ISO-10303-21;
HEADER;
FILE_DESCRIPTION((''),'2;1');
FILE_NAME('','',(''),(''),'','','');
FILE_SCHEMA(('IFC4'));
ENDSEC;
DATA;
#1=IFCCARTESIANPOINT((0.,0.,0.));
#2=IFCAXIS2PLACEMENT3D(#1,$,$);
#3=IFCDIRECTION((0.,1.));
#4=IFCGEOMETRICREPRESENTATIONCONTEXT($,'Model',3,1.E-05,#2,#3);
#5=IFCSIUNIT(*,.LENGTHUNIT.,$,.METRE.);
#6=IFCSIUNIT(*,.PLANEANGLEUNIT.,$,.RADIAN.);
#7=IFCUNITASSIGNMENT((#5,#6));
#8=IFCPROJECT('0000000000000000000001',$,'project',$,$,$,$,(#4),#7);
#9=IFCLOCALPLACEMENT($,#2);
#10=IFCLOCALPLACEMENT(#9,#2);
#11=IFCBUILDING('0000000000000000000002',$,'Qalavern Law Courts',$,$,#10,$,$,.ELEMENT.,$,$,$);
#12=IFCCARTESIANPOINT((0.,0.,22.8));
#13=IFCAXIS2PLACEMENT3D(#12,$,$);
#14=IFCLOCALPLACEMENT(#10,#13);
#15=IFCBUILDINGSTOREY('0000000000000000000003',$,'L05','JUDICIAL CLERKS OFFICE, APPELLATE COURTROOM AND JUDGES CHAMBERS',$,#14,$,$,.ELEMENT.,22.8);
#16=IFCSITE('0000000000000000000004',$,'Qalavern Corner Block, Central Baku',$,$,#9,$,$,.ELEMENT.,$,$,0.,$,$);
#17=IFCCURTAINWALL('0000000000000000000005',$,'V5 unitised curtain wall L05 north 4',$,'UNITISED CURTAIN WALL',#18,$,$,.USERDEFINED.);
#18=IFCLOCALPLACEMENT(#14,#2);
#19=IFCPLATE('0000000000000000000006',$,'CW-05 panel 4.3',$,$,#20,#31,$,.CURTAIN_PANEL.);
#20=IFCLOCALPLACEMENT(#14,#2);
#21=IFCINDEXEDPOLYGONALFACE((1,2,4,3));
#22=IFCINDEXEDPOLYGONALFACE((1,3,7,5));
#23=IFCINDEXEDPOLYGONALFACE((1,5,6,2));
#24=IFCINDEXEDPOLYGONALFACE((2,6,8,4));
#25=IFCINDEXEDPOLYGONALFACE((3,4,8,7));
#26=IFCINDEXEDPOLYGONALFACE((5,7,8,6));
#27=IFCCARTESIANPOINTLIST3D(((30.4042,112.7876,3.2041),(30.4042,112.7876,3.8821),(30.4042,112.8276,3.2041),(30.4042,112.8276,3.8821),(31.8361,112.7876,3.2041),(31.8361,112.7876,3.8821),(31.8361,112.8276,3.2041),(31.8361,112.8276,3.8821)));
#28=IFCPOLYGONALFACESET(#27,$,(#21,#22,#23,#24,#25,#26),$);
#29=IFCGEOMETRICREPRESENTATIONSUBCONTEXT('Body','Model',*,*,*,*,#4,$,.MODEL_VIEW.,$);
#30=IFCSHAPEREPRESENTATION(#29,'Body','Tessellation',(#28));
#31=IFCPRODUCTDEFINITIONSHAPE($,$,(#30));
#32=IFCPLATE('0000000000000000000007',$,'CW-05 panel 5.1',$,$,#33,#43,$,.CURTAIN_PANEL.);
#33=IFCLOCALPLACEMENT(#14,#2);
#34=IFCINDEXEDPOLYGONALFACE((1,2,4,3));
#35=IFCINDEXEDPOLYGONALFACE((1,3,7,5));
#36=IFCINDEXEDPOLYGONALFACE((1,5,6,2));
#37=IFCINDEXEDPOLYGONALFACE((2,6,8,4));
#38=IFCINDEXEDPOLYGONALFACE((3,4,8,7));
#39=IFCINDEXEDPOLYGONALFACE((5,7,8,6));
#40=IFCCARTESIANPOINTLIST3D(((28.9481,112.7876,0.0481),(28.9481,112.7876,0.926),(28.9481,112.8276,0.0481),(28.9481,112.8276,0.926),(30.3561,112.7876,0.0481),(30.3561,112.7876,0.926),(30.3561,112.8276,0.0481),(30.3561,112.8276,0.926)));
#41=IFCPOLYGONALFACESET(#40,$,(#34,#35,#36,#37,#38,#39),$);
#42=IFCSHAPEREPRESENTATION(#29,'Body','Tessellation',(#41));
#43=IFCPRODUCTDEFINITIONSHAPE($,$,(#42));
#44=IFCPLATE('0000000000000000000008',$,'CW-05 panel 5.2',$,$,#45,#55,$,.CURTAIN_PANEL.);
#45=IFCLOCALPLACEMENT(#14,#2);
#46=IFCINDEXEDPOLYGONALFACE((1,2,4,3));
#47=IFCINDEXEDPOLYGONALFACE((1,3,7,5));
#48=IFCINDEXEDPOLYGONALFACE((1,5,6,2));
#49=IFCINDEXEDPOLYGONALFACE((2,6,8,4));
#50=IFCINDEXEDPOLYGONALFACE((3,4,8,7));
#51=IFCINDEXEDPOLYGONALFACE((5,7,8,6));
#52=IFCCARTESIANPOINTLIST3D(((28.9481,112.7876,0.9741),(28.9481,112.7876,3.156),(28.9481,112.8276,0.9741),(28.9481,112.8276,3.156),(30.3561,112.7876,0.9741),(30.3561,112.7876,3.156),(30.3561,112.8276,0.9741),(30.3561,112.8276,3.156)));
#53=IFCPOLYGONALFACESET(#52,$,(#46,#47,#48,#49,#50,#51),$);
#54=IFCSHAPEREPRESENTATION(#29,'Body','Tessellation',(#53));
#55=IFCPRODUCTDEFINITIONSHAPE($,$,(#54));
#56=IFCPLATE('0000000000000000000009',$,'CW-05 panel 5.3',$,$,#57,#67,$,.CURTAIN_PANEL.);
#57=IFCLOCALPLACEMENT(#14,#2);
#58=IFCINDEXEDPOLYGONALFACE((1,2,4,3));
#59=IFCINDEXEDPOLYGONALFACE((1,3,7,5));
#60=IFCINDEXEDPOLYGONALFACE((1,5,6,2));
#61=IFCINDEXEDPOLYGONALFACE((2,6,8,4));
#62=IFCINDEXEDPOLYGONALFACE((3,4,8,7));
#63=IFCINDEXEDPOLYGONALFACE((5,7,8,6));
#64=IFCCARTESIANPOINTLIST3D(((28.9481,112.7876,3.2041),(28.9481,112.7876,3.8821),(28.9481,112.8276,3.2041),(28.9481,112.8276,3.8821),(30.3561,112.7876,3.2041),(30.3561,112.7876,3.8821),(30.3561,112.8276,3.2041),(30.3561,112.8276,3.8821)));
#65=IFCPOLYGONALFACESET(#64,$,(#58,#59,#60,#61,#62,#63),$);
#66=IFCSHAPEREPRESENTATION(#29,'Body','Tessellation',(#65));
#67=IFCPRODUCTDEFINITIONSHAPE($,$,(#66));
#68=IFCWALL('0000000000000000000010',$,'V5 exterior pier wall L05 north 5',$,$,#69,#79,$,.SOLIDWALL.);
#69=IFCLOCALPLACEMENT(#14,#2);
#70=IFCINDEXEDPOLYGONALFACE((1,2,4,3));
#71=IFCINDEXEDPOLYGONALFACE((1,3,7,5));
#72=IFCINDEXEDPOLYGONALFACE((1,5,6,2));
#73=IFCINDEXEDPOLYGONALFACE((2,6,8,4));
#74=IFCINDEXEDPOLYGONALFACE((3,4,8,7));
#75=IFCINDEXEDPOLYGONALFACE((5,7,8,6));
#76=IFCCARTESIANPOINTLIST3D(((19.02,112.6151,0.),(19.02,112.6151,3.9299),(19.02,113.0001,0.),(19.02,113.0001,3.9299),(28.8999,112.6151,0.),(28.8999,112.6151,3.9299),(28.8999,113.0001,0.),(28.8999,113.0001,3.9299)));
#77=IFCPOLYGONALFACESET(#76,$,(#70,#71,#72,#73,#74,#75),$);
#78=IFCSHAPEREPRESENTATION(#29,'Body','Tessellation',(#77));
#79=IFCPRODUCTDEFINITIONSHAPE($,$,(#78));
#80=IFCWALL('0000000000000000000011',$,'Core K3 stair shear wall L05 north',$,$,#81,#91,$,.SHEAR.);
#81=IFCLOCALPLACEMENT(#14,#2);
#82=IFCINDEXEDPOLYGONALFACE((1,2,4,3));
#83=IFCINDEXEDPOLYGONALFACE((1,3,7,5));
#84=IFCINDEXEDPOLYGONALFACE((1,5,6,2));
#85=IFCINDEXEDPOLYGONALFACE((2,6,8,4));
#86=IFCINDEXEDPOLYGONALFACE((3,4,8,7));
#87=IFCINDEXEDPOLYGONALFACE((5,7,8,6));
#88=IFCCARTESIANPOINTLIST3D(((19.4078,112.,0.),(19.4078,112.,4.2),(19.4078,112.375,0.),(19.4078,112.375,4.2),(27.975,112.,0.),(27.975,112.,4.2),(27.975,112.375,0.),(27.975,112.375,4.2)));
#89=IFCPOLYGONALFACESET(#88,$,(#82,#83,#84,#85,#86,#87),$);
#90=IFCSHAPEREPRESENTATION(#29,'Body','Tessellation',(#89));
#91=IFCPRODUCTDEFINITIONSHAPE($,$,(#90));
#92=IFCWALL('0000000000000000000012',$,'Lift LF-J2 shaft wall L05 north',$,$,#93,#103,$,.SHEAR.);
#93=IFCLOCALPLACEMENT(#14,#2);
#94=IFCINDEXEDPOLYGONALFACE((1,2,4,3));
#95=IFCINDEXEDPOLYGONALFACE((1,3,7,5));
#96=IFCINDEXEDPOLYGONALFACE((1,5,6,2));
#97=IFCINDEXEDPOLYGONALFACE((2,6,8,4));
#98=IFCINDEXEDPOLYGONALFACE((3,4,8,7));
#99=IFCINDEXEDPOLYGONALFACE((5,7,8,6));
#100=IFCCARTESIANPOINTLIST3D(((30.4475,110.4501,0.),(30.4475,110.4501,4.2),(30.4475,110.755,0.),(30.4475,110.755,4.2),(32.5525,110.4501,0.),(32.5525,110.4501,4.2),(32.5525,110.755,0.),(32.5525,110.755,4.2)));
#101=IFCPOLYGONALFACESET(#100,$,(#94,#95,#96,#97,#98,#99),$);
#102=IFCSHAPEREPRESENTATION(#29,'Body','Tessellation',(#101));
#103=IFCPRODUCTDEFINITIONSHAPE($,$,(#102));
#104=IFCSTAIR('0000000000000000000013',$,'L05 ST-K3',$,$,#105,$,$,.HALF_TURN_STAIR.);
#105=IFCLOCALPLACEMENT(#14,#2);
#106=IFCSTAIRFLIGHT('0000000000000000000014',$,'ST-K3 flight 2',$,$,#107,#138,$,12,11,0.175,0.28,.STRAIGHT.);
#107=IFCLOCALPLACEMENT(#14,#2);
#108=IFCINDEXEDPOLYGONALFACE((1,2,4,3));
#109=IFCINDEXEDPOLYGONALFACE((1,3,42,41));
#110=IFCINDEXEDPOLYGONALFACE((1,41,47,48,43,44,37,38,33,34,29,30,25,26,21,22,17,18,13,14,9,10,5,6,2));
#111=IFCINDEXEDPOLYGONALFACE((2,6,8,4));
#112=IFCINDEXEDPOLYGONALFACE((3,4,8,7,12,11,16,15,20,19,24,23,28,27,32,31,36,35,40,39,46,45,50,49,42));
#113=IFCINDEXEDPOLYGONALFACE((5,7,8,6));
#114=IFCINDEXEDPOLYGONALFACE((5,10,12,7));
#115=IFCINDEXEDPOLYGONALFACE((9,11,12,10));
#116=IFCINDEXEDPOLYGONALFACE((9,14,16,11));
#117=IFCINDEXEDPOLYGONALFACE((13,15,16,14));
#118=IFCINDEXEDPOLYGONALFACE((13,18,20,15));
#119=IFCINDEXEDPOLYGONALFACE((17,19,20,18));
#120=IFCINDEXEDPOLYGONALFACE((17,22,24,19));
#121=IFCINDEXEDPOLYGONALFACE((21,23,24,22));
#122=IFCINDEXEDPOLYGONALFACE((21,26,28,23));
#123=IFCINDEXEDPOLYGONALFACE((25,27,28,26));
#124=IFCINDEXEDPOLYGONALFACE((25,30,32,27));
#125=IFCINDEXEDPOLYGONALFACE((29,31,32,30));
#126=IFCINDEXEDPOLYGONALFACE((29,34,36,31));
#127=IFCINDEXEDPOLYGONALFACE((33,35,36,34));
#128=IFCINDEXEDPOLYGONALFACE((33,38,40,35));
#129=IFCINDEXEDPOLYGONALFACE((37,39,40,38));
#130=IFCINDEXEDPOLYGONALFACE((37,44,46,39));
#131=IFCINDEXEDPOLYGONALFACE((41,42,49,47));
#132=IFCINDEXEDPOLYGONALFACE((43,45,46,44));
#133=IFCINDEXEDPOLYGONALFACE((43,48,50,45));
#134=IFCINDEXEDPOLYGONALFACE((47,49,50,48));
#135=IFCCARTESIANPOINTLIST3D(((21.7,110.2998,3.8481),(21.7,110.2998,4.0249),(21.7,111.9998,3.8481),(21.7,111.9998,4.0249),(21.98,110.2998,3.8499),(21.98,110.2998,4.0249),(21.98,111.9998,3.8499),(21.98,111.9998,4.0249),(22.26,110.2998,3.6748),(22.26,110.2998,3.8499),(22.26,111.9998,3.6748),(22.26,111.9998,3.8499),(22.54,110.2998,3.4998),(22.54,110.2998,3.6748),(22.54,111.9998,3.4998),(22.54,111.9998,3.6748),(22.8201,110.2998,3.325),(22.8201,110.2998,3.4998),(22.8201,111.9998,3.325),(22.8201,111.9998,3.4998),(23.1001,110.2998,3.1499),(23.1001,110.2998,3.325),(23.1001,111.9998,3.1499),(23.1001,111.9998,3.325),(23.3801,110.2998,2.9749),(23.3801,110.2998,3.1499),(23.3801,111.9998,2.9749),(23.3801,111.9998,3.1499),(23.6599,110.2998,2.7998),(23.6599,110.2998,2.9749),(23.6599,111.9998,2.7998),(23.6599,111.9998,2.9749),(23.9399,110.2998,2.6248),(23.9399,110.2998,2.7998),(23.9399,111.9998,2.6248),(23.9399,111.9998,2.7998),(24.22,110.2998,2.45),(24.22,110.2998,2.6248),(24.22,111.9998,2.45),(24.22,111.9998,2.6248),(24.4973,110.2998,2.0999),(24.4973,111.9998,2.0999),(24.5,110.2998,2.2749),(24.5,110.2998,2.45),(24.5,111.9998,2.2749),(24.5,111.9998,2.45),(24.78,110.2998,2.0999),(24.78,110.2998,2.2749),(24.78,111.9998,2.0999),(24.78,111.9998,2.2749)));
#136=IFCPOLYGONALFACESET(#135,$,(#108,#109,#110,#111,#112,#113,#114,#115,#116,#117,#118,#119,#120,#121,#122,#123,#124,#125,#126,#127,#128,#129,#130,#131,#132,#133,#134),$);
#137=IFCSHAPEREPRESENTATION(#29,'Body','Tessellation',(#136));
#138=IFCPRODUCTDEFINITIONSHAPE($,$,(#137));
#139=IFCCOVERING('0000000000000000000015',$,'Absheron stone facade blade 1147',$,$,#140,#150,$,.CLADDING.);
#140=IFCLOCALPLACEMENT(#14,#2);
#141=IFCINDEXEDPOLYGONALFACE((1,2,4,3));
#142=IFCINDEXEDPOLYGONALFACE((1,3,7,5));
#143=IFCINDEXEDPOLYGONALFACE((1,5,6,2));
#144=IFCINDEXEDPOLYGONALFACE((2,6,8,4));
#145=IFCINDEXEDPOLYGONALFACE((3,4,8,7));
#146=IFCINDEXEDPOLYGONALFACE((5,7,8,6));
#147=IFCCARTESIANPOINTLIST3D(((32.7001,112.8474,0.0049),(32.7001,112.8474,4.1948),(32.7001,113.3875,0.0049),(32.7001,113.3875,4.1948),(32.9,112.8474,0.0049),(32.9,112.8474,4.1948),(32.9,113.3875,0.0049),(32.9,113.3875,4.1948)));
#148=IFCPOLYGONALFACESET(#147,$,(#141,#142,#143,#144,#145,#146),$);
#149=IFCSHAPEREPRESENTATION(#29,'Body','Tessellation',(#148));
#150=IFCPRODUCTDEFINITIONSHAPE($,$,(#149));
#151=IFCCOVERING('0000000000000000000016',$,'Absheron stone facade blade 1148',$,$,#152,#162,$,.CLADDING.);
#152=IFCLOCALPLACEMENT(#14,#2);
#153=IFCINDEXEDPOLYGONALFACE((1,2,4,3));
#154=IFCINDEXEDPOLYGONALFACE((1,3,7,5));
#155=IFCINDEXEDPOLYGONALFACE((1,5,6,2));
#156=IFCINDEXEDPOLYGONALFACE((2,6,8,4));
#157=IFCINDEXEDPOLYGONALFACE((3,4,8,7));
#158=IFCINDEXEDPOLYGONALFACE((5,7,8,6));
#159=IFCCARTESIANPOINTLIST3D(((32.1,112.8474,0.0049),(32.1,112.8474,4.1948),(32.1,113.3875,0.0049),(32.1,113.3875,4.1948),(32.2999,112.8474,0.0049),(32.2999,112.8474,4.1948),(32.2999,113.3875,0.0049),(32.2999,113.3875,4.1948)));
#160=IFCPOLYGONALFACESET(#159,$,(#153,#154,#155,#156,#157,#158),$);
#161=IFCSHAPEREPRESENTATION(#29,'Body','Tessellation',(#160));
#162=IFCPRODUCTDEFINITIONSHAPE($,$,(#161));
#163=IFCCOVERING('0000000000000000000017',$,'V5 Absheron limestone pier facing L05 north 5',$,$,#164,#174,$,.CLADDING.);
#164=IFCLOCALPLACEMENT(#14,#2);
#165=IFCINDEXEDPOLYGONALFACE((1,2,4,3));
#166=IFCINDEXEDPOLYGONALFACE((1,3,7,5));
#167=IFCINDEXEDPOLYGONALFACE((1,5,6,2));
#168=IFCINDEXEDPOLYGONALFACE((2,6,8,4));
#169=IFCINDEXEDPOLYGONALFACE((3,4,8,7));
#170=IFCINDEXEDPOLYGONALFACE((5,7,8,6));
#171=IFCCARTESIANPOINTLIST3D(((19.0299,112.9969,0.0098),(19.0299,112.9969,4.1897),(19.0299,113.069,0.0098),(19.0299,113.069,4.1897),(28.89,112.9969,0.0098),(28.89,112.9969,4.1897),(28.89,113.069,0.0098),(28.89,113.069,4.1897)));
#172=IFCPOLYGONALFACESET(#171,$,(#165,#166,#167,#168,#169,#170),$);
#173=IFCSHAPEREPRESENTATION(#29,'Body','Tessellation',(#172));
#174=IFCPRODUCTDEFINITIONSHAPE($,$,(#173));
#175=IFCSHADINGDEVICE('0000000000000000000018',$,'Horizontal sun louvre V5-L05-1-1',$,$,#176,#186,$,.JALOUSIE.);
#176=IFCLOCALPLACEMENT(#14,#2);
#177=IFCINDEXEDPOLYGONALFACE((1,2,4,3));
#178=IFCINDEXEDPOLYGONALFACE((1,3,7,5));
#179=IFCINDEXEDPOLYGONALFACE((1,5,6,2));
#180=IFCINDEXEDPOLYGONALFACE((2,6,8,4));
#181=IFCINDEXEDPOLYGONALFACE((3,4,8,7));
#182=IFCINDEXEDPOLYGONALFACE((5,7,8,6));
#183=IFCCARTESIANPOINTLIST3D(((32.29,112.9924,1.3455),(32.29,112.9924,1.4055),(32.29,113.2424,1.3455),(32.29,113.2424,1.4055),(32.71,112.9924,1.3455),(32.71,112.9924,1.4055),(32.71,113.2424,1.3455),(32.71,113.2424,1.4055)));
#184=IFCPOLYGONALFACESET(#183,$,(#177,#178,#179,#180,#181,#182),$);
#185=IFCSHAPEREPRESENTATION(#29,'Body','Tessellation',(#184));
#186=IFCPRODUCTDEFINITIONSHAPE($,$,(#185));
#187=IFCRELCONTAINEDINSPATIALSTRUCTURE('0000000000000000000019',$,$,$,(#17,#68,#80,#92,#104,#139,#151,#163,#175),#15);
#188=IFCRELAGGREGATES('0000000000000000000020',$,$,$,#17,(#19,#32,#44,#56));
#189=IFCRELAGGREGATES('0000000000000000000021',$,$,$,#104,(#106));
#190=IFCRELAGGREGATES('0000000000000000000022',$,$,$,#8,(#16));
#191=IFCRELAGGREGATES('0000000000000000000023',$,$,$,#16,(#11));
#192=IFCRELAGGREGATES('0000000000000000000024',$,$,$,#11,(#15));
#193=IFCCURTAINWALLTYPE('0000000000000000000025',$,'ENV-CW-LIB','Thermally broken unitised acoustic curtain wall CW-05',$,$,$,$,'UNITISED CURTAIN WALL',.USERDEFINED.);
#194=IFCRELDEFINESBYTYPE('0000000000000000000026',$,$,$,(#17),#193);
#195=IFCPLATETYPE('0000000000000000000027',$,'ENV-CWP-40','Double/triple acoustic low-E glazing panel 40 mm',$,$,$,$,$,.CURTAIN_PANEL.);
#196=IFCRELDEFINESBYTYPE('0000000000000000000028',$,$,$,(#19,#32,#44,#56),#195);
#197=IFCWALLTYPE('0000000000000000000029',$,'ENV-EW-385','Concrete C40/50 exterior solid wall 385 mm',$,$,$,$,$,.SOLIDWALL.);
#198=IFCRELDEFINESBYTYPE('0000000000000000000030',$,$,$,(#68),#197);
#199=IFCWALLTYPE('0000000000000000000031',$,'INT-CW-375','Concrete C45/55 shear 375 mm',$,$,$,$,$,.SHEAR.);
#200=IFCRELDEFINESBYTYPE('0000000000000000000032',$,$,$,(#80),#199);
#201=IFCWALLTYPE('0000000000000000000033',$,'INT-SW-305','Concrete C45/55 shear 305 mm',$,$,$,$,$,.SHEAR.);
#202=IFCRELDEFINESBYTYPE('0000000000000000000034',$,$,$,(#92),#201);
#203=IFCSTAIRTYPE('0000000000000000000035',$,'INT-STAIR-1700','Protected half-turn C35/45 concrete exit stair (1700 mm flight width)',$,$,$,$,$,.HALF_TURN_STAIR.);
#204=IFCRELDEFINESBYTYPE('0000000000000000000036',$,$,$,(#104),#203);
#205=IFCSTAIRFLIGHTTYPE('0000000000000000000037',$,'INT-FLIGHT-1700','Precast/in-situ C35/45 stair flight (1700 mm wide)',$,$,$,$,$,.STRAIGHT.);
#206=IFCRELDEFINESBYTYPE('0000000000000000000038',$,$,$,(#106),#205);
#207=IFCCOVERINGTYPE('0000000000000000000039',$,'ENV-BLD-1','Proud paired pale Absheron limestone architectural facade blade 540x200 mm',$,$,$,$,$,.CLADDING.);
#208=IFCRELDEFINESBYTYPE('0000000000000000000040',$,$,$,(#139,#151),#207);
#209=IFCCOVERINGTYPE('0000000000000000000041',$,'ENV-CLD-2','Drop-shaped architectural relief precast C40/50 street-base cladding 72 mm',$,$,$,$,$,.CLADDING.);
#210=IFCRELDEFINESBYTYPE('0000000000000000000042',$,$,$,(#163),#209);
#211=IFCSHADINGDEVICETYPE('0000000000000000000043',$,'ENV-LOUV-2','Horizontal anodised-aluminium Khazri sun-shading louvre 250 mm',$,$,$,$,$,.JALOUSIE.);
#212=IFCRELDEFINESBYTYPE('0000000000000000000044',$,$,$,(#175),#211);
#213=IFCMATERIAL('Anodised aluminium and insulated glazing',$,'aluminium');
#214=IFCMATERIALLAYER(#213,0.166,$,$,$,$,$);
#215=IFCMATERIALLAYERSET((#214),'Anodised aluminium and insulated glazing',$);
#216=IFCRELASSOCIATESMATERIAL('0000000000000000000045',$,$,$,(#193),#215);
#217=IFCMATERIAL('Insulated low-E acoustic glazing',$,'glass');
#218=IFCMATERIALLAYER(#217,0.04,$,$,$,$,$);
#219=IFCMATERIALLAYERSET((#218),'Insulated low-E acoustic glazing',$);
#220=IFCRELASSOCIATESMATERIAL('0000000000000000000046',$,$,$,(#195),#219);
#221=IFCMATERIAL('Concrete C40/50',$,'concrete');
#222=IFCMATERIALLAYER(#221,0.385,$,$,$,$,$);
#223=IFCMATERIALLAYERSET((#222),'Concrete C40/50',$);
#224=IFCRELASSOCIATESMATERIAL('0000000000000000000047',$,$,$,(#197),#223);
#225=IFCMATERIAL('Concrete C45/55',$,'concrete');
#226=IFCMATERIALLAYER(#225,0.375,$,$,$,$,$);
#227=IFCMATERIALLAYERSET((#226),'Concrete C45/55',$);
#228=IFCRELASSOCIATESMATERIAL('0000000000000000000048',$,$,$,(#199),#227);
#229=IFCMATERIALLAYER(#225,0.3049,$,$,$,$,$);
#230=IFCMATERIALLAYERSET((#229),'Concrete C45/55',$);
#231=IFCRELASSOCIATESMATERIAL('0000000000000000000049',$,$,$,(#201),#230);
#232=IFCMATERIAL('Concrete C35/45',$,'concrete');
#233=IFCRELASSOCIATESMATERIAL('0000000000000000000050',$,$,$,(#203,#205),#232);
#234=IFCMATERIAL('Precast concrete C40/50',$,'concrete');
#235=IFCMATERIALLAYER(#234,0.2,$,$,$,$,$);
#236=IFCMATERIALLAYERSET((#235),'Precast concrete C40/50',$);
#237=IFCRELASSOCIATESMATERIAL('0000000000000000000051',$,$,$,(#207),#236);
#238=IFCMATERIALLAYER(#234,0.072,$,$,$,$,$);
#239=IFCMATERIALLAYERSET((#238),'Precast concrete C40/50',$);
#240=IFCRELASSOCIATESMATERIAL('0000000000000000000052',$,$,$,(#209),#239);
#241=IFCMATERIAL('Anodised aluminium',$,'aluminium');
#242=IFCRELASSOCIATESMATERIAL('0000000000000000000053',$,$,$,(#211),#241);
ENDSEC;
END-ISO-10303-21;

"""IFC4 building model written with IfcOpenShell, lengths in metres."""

from ifc_helpers import new_model, si_unit, direction, frame, frame_2d, origin, origin_2d, place, context, subcontext, project, spatial, polyline, rectangle, outline, extrude, material, layer, layer_set, type_object, element, aggregate, save


model = new_model("IFC4")

# Units and contexts
model_context = context("Model", 3, precision=1e-05, world=origin(), true_north=direction((0.0, 1.0)))
body_context = subcontext(model_context, "Body", "Model", "MODEL_VIEW")
ifc_project = project(units=[si_unit("LENGTHUNIT", "METRE"), si_unit("PLANEANGLEUNIT", "RADIAN")], contexts=[model_context])

# Site, building, storey
site_placement = place(None, origin())
site = spatial("IfcSite", under=ifc_project, at=site_placement, Name="Qalavern Corner Block, Central Baku", CompositionType="ELEMENT", RefElevation=0.0)
building_placement = place(site_placement, origin())
building = spatial("IfcBuilding", under=site, at=building_placement, Name="Qalavern Law Courts", CompositionType="ELEMENT")
storey_placement = place(building_placement, frame((0.0, 0.0, 22.8)))
storey = spatial("IfcBuildingStorey", under=building, at=storey_placement, Name="L05", Description="JUDICIAL CLERKS OFFICE, APPELLATE COURTROOM AND JUDGES CHAMBERS", CompositionType="ELEMENT", Elevation=22.8)

# Shared definitions
ifc_material_1 = material(Name="Concrete C45/55", Category="concrete")

# Curtain wall
ifc_material_2 = material(Name="Anodised aluminium and insulated glazing", Category="aluminium")
ifc_layer_1 = layer(ifc_material_2, 0.166)
ifc_layer_set_1 = layer_set([ifc_layer_1], Name="Anodised aluminium and insulated glazing")
curtain_wall_type = type_object("IfcCurtainWallType", Name="ENV-CW-LIB", Description="Thermally broken unitised acoustic curtain wall CW-05", ElementType="UNITISED CURTAIN WALL", PredefinedType="USERDEFINED", material=ifc_layer_set_1)
curtain_wall_placement = place(storey_placement, origin())
curtain_wall = element("IfcCurtainWall", 1, at=curtain_wall_placement, inside=storey, type_object=curtain_wall_type, Name="V5 unitised curtain wall L05 north 4", ObjectType="UNITISED CURTAIN WALL", PredefinedType="USERDEFINED")
ifc_material_3 = material(Name="Anodised aluminium", Category="aluminium")

# Shared definitions
ifc_material_4 = material(Name="Concrete C40/50", Category="concrete")

# Plates
ifc_material_5 = material(Name="Insulated low-E acoustic glazing", Category="glass")
ifc_layer_2 = layer(ifc_material_5, 0.04)
ifc_layer_set_2 = layer_set([ifc_layer_2], Name="Insulated low-E acoustic glazing")
plate_type = type_object("IfcPlateType", Name="ENV-CWP-40", Description="Double/triple acoustic low-E glazing panel 40 mm", PredefinedType="CURTAIN_PANEL", material=ifc_layer_set_2)
plate_1_placement = place(storey_placement, frame((31.1201, 112.8076, 3.2041), z_axis=(0.0, 0.0, 1.0), x_axis=(-1.0, 0.0, 0.0)))
plate_1 = element("IfcPlate", 2, at=plate_1_placement, type_object=plate_type, Name="CW-05 panel 4.3", PredefinedType="CURTAIN_PANEL", context=body_context, shape_type="SweptSolid", body=[
    extrude(rectangle(XDim=1.4319, YDim=0.04, at=origin_2d()), origin(), (0.0, 0.0, 1.0), 0.678),
])
plate_2_placement = place(storey_placement, frame((29.6521, 112.8076, 0.0481), z_axis=(0.0, 0.0, 1.0), x_axis=(-1.0, 0.0, 0.0)))
plate_2 = element("IfcPlate", 3, at=plate_2_placement, type_object=plate_type, Name="CW-05 panel 5.1", PredefinedType="CURTAIN_PANEL", context=body_context, shape_type="SweptSolid", body=[
    extrude(rectangle(XDim=1.408, YDim=0.04, at=origin_2d()), origin(), (0.0, 0.0, 1.0), 0.8779),
])
plate_3_placement = place(storey_placement, frame((29.6521, 112.8076, 0.9741), z_axis=(0.0, 0.0, 1.0), x_axis=(-1.0, 0.0, 0.0)))
plate_3 = element("IfcPlate", 4, at=plate_3_placement, type_object=plate_type, Name="CW-05 panel 5.2", PredefinedType="CURTAIN_PANEL", context=body_context, shape_type="SweptSolid", body=[
    extrude(rectangle(XDim=1.408, YDim=0.04, at=origin_2d()), origin(), (0.0, 0.0, 1.0), 2.1819),
])
plate_4_placement = place(storey_placement, frame((29.6521, 112.8076, 3.2041), z_axis=(0.0, 0.0, 1.0), x_axis=(-1.0, 0.0, 0.0)))
plate_4 = element("IfcPlate", 5, at=plate_4_placement, type_object=plate_type, Name="CW-05 panel 5.3", PredefinedType="CURTAIN_PANEL", context=body_context, shape_type="SweptSolid", body=[
    extrude(rectangle(XDim=1.408, YDim=0.04, at=origin_2d()), origin(), (0.0, 0.0, 1.0), 0.678),
])
aggregate(curtain_wall, [plate_1, plate_2, plate_3, plate_4])

# Walls
ifc_layer_3 = layer(ifc_material_4, 0.385)
ifc_layer_set_3 = layer_set([ifc_layer_3], Name="Concrete C40/50")
wall_type_1 = type_object("IfcWallType", Name="ENV-EW-385", Description="Concrete C40/50 exterior solid wall 385 mm", PredefinedType="SOLIDWALL", material=ifc_layer_set_3)
wall_1_placement = place(storey_placement, frame((28.8999, 112.8076, 0.0), z_axis=(0.0, 0.0, 1.0), x_axis=(-1.0, 0.0, 0.0)))
element("IfcWall", 6, at=wall_1_placement, inside=storey, type_object=wall_type_1, Name="V5 exterior pier wall L05 north 5", PredefinedType="SOLIDWALL", context=body_context, shape_type="SweptSolid", body=[
    extrude(rectangle(XDim=9.8799, YDim=0.385, at=frame_2d((4.9399, 0.0))), origin(), (0.0, 0.0, 1.0), 3.9299),
])
ifc_layer_4 = layer(ifc_material_1, 0.375)
ifc_layer_set_4 = layer_set([ifc_layer_4], Name="Concrete C45/55")
wall_type_2 = type_object("IfcWallType", Name="INT-CW-375", Description="Concrete C45/55 shear 375 mm", PredefinedType="SHEAR", material=ifc_layer_set_4)
wall_2_placement = place(storey_placement, frame((27.9751, 112.1875, 0.0), z_axis=(0.0, 0.0, 1.0), x_axis=(-1.0, 0.0, 0.0)))
element("IfcWall", 7, at=wall_2_placement, inside=storey, type_object=wall_type_2, Name="Core K3 stair shear wall L05 north", PredefinedType="SHEAR", context=body_context, shape_type="SweptSolid", body=[
    extrude(rectangle(XDim=8.5671, YDim=0.375, at=frame_2d((4.2837, 0.0))), origin(), (0.0, 0.0, 1.0), 4.2),
])
ifc_layer_5 = layer(ifc_material_1, 0.3049)
ifc_layer_set_5 = layer_set([ifc_layer_5], Name="Concrete C45/55")
wall_type_3 = type_object("IfcWallType", Name="INT-SW-305", Description="Concrete C45/55 shear 305 mm", PredefinedType="SHEAR", material=ifc_layer_set_5)
wall_3_placement = place(storey_placement, frame((32.5525, 110.6025, 0.0), z_axis=(0.0, 0.0, 1.0), x_axis=(-1.0, 0.0, 0.0)))
element("IfcWall", 8, at=wall_3_placement, inside=storey, type_object=wall_type_3, Name="Lift LF-J2 shaft wall L05 north", PredefinedType="SHEAR", context=body_context, shape_type="SweptSolid", body=[
    extrude(rectangle(XDim=2.105, YDim=0.3049, at=frame_2d((1.0525, 0.0))), origin(), (0.0, 0.0, 1.0), 4.2),
])

# Stair, stair flight
ifc_material_6 = material(Name="Concrete C35/45", Category="concrete")
stair_type = type_object("IfcStairType", Name="INT-STAIR-1700", Description="Protected half-turn C35/45 concrete exit stair (1700 mm flight width)", PredefinedType="HALF_TURN_STAIR", material=ifc_material_6)
stair_placement = place(storey_placement, origin())
stair = element("IfcStair", 9, at=stair_placement, inside=storey, type_object=stair_type, Name="L05 ST-K3", PredefinedType="HALF_TURN_STAIR")
stair_flight_type = type_object("IfcStairFlightType", Name="INT-FLIGHT-1700", Description="Precast/in-situ C35/45 stair flight (1700 mm wide)", PredefinedType="STRAIGHT", material=ifc_material_6)
stair_flight_placement = place(storey_placement, frame((24.78, 111.1499, 2.0999), z_axis=(0.0, 0.0, 1.0), x_axis=(-1.0, 0.0, 0.0)))
stair_flight = element("IfcStairFlight", 10, at=stair_flight_placement, type_object=stair_flight_type, Name="ST-K3 flight 2", NumberOfRisers=12, NumberOfTreads=11, PredefinedType="STRAIGHT", RiserHeight=0.175, TreadLength=0.28, context=body_context, shape_type="SweptSolid", body=[
    extrude(outline(polyline([(0.0, 0.0), (0.0, 0.175), (0.28, 0.175), (0.28, 0.3501), (0.5601, 0.3501), (0.5601, 0.5249), (0.8401, 0.5249), (0.8401, 0.7), (1.1201, 0.7), (1.1201, 0.875), (1.3999, 0.875), (1.3999, 1.05), (1.6799, 1.05), (1.6799, 1.2251), (1.96, 1.2251), (1.96, 1.3999), (2.24, 1.3999), (2.24, 1.575), (2.52, 1.575), (2.52, 1.75), (2.8, 1.75), (2.8, 1.925), (3.0801, 1.925), (3.0801, 2.1001), (3.0801, 1.7483), (0.2827, 0.0), (0.0, 0.0)])), frame((0.0, 0.8501, 0.0), z_axis=(0.0, -1.0, 0.0), x_axis=(1.0, 0.0, 0.0)), (0.0, 0.0, 1.0), 1.7),
])
aggregate(stair, [stair_flight])

# Coverings
ifc_material_7 = material(Name="Precast concrete C40/50", Category="concrete")
ifc_layer_6 = layer(ifc_material_7, 0.2)
ifc_layer_set_6 = layer_set([ifc_layer_6], Name="Precast concrete C40/50")
covering_type_1 = type_object("IfcCoveringType", Name="ENV-BLD-1", Description="Proud paired pale Absheron limestone architectural facade blade 540x200 mm", PredefinedType="CLADDING", material=ifc_layer_set_6)
for number, where, z_axis, x_axis, name in (
    (11, (32.8, 113.1174, 0.0049), (0.0, 0.0, 1.0), (0.0, 1.0, 0.0), "Absheron stone facade blade 1147"),
    (12, (32.2, 113.1174, 0.0049), (0.0, 0.0, 1.0), (0.0, 1.0, 0.0), "Absheron stone facade blade 1148"),
):
    element("IfcCovering", number, at=place(storey_placement, frame(where, z_axis=z_axis, x_axis=x_axis)), inside=storey, type_object=covering_type_1, Name=name, PredefinedType="CLADDING", context=body_context, shape_type="SweptSolid", body=[
        extrude(rectangle(XDim=0.54, YDim=0.2, at=origin_2d()), origin(), (0.0, 0.0, 1.0), 4.1899),
    ])
ifc_layer_7 = layer(ifc_material_7, 0.072)
ifc_layer_set_7 = layer_set([ifc_layer_7], Name="Precast concrete C40/50")
covering_type_2 = type_object("IfcCoveringType", Name="ENV-CLD-2", Description="Drop-shaped architectural relief precast C40/50 street-base cladding 72 mm", PredefinedType="CLADDING", material=ifc_layer_set_7)
covering_placement = place(storey_placement, frame((23.96, 113.033, 0.0098), z_axis=(0.0, 0.0, 1.0), x_axis=(-1.0, 0.0, 0.0)))
element("IfcCovering", 13, at=covering_placement, inside=storey, type_object=covering_type_2, Name="V5 Absheron limestone pier facing L05 north 5", PredefinedType="CLADDING", context=body_context, shape_type="SweptSolid", body=[
    extrude(rectangle(XDim=9.8601, YDim=0.072, at=origin_2d()), origin(), (0.0, 0.0, 1.0), 4.1799),
])

# Shading device
shading_device_type = type_object("IfcShadingDeviceType", Name="ENV-LOUV-2", Description="Horizontal anodised-aluminium Khazri sun-shading louvre 250 mm", PredefinedType="JALOUSIE", material=ifc_material_3)
for number, where, z_axis, x_axis, name in (
    (14, (32.5, 113.1174, 1.3455), (0.0, 0.0, 1.0), (-1.0, 0.0, 0.0), "Horizontal sun louvre V5-L05-1-1"),
):
    element("IfcShadingDevice", number, at=place(storey_placement, frame(where, z_axis=z_axis, x_axis=x_axis)), inside=storey, type_object=shading_device_type, Name=name, PredefinedType="JALOUSIE", context=body_context, shape_type="SweptSolid", body=[
        extrude(rectangle(XDim=0.4199, YDim=0.25, at=origin_2d()), origin(), (0.0, 0.0, 1.0), 0.0601),
    ])

save(model, "model.ifc")
